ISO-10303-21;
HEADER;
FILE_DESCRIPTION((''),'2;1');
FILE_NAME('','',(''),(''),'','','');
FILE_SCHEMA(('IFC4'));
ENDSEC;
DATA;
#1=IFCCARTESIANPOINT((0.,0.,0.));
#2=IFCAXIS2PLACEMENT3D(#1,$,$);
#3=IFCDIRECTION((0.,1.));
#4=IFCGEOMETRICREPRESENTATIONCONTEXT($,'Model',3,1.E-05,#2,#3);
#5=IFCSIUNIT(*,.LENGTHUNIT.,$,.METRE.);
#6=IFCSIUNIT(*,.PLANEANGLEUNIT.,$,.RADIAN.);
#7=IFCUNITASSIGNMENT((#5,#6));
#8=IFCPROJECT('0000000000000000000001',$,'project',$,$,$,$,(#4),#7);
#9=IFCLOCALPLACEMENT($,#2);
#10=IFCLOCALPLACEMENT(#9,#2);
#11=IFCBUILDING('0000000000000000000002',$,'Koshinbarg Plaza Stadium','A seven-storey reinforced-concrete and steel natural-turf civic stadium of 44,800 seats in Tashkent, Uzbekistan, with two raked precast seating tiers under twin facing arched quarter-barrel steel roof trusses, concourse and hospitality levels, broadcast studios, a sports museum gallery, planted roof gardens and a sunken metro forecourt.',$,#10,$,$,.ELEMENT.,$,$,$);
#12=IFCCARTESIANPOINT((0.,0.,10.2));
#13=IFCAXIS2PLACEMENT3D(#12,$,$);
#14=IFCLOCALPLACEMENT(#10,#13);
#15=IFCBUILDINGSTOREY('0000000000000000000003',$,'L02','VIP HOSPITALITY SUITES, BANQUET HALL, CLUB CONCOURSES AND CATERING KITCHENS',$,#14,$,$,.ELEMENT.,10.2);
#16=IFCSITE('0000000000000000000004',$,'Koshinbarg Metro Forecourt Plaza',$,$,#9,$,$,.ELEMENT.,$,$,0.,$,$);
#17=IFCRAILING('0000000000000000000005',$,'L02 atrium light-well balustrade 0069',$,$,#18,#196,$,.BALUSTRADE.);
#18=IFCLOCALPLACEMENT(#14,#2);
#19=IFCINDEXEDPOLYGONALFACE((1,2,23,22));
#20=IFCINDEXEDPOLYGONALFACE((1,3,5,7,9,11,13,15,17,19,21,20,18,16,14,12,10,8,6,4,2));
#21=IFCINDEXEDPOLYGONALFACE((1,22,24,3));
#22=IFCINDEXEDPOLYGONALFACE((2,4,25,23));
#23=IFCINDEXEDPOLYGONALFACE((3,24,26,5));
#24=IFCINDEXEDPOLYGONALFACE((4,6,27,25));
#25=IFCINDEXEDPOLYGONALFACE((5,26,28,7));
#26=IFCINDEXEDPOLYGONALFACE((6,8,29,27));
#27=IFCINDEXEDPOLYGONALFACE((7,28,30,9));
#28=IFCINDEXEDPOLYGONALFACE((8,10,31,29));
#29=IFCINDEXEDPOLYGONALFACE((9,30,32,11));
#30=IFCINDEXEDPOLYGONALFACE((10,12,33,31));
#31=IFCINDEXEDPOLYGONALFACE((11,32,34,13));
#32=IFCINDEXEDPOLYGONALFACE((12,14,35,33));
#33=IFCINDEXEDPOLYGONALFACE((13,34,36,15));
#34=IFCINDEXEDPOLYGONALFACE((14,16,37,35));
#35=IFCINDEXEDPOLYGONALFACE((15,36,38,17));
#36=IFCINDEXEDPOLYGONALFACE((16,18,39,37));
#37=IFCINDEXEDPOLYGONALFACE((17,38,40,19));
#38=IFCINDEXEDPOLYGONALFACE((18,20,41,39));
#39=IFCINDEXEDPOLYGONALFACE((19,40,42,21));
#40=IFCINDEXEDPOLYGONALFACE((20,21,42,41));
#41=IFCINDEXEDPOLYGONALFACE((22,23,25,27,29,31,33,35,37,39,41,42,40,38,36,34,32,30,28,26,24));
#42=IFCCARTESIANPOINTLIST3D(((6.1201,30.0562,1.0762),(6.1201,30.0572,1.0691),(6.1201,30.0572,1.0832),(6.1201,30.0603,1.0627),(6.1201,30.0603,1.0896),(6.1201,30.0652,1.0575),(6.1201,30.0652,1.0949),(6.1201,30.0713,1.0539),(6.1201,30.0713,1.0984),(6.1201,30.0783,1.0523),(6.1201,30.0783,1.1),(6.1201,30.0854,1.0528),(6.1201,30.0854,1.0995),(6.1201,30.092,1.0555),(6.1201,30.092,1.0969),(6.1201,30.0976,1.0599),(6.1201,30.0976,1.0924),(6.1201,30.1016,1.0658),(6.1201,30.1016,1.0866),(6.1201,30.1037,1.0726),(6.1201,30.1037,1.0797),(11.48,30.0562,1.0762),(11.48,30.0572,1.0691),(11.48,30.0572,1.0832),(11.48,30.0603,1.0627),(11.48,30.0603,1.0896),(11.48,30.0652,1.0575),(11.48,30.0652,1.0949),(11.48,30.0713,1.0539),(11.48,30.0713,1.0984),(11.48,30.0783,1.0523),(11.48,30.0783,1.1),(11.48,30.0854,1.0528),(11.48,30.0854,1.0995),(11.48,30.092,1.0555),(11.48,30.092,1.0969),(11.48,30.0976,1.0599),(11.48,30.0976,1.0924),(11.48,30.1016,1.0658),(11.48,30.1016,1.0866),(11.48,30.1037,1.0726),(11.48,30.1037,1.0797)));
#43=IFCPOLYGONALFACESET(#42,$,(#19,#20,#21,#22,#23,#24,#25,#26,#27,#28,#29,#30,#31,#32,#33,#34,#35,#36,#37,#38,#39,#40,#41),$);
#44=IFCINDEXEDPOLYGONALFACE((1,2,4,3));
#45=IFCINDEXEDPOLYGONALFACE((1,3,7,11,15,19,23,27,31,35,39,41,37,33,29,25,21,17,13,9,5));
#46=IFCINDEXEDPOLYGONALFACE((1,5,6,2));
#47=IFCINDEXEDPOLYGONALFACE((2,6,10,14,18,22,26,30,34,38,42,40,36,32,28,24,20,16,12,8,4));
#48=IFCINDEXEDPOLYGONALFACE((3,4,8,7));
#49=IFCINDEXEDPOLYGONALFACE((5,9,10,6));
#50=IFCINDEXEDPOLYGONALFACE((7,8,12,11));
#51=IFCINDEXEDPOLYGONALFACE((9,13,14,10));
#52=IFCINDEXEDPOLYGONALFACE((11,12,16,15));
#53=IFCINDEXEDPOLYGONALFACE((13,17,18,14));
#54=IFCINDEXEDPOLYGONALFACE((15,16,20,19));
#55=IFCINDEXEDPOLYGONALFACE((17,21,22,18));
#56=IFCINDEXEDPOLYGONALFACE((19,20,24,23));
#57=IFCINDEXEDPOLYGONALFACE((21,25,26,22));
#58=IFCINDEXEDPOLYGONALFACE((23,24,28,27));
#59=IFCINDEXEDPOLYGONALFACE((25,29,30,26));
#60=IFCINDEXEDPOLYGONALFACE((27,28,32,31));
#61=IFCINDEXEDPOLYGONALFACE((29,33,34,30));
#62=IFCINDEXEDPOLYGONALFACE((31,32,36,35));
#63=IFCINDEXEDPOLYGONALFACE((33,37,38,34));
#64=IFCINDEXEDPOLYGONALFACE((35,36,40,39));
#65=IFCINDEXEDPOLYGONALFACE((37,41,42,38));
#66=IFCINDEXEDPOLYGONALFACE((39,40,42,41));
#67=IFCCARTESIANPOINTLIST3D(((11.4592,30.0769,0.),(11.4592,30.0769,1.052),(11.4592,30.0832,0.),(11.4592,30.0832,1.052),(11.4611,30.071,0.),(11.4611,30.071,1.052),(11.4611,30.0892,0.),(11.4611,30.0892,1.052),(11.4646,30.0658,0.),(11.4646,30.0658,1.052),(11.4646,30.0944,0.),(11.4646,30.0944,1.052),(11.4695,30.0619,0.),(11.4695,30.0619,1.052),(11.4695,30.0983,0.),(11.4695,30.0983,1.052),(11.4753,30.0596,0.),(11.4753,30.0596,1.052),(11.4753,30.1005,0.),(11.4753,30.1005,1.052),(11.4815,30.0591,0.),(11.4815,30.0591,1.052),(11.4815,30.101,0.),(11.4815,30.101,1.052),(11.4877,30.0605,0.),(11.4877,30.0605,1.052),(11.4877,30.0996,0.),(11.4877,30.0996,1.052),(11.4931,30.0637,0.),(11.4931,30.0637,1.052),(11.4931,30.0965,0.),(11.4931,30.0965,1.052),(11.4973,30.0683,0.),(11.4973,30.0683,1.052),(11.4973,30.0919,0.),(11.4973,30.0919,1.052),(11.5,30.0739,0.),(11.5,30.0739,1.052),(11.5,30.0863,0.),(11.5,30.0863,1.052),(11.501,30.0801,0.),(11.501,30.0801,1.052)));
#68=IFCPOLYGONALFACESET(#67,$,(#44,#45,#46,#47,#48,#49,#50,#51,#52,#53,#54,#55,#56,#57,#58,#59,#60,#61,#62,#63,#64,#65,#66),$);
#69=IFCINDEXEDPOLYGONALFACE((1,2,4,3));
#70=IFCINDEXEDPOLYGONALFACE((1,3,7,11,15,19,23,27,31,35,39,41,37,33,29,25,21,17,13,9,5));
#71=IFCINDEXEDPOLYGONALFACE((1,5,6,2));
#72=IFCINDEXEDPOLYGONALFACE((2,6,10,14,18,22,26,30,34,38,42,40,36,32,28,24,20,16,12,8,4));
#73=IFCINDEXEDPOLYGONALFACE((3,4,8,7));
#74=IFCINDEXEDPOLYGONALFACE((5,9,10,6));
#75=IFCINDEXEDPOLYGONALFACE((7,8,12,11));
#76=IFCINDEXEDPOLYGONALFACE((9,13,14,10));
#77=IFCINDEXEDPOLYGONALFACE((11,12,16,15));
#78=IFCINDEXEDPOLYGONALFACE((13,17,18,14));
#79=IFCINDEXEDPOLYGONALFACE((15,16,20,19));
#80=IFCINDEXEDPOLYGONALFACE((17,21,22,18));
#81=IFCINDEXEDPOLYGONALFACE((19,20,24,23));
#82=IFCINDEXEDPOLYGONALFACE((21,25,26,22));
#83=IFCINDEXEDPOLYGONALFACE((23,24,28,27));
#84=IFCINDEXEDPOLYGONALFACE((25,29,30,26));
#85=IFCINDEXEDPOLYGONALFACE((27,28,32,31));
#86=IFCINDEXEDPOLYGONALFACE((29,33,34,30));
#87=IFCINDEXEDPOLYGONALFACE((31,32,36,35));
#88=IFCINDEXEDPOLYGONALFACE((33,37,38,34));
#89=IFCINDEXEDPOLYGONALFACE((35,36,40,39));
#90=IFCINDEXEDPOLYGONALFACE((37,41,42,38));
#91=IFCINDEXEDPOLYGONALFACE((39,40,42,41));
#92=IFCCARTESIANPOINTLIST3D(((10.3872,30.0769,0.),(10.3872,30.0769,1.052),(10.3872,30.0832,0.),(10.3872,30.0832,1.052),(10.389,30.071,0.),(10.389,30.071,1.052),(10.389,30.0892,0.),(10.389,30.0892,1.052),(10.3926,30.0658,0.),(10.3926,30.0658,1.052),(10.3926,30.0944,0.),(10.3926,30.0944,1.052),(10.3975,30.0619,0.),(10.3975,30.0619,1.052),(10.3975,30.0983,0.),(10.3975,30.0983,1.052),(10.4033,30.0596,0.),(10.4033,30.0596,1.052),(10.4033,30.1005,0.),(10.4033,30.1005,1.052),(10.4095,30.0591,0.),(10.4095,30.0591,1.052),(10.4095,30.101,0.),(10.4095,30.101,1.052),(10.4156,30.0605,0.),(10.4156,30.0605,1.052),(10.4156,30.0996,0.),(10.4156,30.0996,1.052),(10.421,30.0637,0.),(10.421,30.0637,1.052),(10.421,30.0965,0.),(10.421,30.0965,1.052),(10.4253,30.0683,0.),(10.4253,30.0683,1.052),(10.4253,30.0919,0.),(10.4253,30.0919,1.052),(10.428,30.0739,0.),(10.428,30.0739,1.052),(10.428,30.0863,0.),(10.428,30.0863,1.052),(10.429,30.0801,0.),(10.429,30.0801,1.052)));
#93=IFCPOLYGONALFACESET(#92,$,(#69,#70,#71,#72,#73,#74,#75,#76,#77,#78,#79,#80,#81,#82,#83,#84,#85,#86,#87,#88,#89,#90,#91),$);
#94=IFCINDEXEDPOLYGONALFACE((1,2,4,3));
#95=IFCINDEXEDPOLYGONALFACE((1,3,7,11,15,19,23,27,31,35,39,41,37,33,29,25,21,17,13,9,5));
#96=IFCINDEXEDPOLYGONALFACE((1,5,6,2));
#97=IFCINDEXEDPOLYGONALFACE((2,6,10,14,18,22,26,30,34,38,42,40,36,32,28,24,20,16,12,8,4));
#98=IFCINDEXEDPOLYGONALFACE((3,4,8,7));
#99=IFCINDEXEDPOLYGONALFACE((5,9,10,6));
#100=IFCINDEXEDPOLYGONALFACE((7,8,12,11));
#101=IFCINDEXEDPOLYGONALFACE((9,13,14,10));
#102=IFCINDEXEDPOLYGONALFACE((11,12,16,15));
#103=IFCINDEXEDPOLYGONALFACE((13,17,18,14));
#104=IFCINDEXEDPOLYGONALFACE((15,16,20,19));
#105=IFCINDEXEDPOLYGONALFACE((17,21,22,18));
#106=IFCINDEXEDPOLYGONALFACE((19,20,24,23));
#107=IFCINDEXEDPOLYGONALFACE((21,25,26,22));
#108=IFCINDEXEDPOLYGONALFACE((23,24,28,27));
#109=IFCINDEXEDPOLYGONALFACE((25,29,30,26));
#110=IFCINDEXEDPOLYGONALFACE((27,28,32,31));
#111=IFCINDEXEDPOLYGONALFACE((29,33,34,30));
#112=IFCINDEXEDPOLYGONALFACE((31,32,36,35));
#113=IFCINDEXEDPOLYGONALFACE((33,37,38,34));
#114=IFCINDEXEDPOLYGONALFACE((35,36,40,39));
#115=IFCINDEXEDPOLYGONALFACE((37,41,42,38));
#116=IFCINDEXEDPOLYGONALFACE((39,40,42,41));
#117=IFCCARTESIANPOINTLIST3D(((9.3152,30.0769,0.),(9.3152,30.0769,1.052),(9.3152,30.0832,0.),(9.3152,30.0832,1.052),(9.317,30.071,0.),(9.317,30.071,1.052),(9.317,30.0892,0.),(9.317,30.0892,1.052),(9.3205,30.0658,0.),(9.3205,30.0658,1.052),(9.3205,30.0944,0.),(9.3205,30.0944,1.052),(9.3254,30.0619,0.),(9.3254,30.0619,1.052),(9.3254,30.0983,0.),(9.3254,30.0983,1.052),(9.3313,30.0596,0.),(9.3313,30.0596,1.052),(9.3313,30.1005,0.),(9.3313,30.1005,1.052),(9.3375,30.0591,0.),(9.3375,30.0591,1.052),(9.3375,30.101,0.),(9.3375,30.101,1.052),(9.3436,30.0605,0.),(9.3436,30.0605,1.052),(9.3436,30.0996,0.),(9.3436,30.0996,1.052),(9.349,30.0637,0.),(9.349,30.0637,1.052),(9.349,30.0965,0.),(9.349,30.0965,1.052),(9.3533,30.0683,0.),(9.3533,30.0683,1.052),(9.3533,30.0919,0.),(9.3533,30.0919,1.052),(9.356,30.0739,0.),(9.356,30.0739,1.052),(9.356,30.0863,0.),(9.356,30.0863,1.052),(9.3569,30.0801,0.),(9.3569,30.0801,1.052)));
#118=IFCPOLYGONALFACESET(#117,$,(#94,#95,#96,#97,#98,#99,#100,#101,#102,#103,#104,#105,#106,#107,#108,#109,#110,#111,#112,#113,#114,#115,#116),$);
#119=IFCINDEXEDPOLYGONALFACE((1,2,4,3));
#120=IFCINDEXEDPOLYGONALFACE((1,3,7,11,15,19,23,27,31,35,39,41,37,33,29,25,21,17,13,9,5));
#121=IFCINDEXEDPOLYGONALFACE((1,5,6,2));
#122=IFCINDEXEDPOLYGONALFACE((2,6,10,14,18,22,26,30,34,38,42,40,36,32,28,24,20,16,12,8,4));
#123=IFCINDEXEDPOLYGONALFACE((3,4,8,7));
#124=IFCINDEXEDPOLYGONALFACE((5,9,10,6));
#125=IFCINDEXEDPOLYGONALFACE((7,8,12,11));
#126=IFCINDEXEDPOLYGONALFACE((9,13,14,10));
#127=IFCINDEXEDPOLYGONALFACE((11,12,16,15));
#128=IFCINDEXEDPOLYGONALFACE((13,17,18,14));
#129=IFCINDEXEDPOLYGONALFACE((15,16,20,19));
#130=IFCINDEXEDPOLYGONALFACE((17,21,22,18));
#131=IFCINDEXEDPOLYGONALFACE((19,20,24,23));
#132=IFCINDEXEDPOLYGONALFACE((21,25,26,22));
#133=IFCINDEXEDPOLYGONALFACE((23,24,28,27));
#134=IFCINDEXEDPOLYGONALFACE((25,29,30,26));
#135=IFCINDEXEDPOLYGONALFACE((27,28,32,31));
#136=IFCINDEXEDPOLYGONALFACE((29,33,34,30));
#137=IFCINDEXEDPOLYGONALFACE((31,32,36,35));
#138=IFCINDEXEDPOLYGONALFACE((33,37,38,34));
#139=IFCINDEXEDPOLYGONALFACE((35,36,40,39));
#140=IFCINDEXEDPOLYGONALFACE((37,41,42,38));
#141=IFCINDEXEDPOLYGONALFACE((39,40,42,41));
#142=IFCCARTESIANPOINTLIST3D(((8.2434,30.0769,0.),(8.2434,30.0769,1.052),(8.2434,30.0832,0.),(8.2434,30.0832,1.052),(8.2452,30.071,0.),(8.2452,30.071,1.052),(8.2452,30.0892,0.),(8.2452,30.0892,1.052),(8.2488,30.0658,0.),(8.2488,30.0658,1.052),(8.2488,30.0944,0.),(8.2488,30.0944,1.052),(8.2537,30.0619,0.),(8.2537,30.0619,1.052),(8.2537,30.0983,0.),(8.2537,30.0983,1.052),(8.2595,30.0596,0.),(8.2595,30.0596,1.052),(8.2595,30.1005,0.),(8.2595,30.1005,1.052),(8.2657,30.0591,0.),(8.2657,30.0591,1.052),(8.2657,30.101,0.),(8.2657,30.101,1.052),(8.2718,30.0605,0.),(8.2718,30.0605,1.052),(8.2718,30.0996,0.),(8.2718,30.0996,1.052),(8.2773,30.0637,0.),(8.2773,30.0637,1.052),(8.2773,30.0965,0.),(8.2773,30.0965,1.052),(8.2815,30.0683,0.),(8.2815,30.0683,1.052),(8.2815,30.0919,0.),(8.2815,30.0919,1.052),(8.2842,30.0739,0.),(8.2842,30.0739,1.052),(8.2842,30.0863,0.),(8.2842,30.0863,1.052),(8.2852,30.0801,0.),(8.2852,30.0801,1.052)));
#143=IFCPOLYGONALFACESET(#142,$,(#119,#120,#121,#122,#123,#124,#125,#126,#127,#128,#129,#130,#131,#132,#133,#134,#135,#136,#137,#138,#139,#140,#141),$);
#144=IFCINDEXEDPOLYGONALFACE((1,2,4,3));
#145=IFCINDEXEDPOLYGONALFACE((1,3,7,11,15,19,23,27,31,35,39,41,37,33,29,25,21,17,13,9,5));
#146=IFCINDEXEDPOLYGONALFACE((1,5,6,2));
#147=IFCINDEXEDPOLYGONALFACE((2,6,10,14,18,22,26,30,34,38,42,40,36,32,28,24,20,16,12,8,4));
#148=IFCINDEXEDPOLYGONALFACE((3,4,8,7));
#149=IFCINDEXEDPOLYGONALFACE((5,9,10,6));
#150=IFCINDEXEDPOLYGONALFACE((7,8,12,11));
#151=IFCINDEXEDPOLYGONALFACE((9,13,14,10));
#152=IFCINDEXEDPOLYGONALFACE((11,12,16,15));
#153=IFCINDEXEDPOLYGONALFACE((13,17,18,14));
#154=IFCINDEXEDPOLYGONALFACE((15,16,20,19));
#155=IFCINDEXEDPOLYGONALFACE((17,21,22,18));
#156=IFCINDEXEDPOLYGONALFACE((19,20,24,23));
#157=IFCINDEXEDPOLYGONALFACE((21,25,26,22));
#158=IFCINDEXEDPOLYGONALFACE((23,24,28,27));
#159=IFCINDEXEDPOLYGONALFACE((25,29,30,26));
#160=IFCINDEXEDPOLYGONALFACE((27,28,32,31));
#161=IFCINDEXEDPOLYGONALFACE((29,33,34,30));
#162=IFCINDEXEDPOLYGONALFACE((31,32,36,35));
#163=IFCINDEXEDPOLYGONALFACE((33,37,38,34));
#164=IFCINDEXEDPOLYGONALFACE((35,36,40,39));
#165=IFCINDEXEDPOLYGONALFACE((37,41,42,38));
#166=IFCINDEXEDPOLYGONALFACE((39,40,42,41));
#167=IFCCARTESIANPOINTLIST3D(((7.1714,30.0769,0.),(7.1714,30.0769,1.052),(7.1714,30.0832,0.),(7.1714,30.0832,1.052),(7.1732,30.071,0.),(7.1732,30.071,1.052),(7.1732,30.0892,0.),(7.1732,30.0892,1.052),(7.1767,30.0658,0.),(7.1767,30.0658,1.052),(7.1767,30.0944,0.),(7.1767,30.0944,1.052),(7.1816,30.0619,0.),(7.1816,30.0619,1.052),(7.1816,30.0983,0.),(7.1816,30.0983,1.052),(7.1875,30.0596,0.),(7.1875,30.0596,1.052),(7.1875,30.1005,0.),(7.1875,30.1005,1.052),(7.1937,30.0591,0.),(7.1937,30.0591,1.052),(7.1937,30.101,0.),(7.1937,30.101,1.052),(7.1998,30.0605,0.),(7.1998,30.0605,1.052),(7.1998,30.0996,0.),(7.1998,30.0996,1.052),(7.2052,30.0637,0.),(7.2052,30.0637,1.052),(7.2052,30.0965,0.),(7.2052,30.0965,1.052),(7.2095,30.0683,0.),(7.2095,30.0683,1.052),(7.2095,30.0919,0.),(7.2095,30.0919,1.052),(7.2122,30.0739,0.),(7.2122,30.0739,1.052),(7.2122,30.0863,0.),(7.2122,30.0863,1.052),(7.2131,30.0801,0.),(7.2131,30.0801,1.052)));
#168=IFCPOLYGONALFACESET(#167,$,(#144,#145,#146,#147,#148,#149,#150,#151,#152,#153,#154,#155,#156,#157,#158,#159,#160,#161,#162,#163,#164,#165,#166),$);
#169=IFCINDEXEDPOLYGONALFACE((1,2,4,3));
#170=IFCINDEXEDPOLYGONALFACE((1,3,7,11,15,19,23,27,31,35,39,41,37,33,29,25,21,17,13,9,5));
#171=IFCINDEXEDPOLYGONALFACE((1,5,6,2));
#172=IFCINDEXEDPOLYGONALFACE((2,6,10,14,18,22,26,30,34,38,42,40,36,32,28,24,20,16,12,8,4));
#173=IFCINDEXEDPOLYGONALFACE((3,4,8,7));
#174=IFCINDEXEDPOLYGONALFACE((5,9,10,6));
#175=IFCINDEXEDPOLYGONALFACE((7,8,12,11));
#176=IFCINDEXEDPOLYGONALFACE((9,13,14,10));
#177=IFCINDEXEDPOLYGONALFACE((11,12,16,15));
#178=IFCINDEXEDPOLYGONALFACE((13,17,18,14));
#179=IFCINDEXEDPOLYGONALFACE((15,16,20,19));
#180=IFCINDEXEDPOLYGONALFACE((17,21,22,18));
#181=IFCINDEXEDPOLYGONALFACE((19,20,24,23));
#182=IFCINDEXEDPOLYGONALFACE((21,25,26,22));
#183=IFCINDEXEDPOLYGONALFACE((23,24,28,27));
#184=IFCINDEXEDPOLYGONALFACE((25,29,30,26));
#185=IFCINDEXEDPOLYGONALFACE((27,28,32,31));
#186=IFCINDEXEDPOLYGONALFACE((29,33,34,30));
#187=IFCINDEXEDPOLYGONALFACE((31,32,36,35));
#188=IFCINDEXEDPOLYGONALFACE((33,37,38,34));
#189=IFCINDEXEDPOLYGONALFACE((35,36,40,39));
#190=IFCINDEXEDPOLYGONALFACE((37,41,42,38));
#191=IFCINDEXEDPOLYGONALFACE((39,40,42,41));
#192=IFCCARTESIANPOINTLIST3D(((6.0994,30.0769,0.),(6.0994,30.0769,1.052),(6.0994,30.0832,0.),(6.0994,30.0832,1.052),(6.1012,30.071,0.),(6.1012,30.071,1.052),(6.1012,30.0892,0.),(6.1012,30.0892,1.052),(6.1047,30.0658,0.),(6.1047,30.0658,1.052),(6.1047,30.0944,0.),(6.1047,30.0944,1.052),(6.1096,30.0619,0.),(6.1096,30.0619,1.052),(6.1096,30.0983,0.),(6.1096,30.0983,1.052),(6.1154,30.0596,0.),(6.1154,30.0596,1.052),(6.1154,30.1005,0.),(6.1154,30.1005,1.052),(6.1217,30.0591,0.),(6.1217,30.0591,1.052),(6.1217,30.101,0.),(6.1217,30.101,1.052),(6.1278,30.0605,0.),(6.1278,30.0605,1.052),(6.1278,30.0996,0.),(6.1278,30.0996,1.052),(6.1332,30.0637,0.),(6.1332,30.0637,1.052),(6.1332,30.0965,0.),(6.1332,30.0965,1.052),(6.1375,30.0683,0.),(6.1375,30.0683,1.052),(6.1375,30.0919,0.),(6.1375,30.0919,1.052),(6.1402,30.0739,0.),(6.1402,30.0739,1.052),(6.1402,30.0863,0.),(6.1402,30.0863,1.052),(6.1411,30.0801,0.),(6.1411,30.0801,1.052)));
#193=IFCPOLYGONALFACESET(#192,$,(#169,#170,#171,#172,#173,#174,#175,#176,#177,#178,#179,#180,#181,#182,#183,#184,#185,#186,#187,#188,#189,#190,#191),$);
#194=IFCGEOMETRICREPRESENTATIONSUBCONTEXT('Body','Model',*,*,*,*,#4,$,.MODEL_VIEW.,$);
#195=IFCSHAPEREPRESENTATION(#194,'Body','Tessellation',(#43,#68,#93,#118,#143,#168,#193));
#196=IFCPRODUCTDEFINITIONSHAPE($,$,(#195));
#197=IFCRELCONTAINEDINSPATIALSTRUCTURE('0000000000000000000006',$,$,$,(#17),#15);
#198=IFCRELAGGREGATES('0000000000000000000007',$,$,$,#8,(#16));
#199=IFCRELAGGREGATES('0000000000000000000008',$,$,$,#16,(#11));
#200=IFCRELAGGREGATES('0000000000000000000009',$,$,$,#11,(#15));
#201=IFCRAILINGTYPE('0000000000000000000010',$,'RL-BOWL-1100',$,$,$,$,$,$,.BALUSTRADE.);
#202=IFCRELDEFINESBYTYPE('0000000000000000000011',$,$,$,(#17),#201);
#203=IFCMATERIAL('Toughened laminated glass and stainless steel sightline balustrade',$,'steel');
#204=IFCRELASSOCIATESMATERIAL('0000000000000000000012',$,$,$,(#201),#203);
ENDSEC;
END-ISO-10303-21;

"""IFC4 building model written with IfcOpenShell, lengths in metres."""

from ifc_helpers import new_model, si_unit, direction, frame, origin, origin_2d, place, context, subcontext, project, spatial, circle, extrude, material, type_object, element, save


model = new_model("IFC4")

# Units and contexts
model_context = context("Model", 3, precision=1e-05, world=origin(), true_north=direction((0.0, 1.0)))
body_context = subcontext(model_context, "Body", "Model", "MODEL_VIEW")
ifc_project = project(units=[si_unit("LENGTHUNIT", "METRE"), si_unit("PLANEANGLEUNIT", "RADIAN")], contexts=[model_context])

# Site, building, storey
site_placement = place(None, origin())
site = spatial("IfcSite", under=ifc_project, at=site_placement, Name="Koshinbarg Metro Forecourt Plaza", CompositionType="ELEMENT", RefElevation=0.0)
building_placement = place(site_placement, origin())
building = spatial("IfcBuilding", under=site, at=building_placement, Name="Koshinbarg Plaza Stadium", Description="A seven-storey reinforced-concrete and steel natural-turf civic stadium of 44,800 seats in Tashkent, Uzbekistan, with two raked precast seating tiers under twin facing arched quarter-barrel steel roof trusses, concourse and hospitality levels, broadcast studios, a sports museum gallery, planted roof gardens and a sunken metro forecourt.", CompositionType="ELEMENT")
storey_placement = place(building_placement, frame((0.0, 0.0, 10.2)))
storey = spatial("IfcBuildingStorey", under=building, at=storey_placement, Name="L02", Description="VIP HOSPITALITY SUITES, BANQUET HALL, CLUB CONCOURSES AND CATERING KITCHENS", CompositionType="ELEMENT", Elevation=10.2)

# Railing
ifc_material_1 = material(Name="Toughened laminated glass and stainless steel sightline balustrade", Category="steel")
railing_type = type_object("IfcRailingType", Name="RL-BOWL-1100", PredefinedType="BALUSTRADE", material=ifc_material_1)
railing_1_placement = place(storey_placement, frame((11.48, 30.0801, 0.0)))
element("IfcRailing", 1, at=railing_1_placement, inside=storey, type_object=railing_type, Name="L02 atrium light-well balustrade 0069", PredefinedType="BALUSTRADE", context=body_context, shape_type="SweptSolid", body=[
    extrude(circle(Radius=0.0239, at=origin_2d()), frame((0.0, 0.0, 1.0762), z_axis=(-1.0, 0.0, 0.0), x_axis=(0.0, -1.0, 0.0)), (0.0, 0.0, 1.0), 5.3599),
    extrude(circle(Radius=0.021, at=origin_2d()), origin(), (0.0, 0.0, 1.0), 1.052),
    extrude(circle(Radius=0.021, at=origin_2d()), frame((-1.072, 0.0, 0.0)), (0.0, 0.0, 1.0), 1.052),
    extrude(circle(Radius=0.021, at=origin_2d()), frame((-2.144, 0.0, 0.0)), (0.0, 0.0, 1.0), 1.052),
    extrude(circle(Radius=0.021, at=origin_2d()), frame((-3.2158, 0.0, 0.0)), (0.0, 0.0, 1.0), 1.052),
    extrude(circle(Radius=0.021, at=origin_2d()), frame((-4.2878, 0.0, 0.0)), (0.0, 0.0, 1.0), 1.052),
    extrude(circle(Radius=0.021, at=origin_2d()), frame((-5.3599, 0.0, 0.0)), (0.0, 0.0, 1.0), 1.052),
])

save(model, "model.ifc")
